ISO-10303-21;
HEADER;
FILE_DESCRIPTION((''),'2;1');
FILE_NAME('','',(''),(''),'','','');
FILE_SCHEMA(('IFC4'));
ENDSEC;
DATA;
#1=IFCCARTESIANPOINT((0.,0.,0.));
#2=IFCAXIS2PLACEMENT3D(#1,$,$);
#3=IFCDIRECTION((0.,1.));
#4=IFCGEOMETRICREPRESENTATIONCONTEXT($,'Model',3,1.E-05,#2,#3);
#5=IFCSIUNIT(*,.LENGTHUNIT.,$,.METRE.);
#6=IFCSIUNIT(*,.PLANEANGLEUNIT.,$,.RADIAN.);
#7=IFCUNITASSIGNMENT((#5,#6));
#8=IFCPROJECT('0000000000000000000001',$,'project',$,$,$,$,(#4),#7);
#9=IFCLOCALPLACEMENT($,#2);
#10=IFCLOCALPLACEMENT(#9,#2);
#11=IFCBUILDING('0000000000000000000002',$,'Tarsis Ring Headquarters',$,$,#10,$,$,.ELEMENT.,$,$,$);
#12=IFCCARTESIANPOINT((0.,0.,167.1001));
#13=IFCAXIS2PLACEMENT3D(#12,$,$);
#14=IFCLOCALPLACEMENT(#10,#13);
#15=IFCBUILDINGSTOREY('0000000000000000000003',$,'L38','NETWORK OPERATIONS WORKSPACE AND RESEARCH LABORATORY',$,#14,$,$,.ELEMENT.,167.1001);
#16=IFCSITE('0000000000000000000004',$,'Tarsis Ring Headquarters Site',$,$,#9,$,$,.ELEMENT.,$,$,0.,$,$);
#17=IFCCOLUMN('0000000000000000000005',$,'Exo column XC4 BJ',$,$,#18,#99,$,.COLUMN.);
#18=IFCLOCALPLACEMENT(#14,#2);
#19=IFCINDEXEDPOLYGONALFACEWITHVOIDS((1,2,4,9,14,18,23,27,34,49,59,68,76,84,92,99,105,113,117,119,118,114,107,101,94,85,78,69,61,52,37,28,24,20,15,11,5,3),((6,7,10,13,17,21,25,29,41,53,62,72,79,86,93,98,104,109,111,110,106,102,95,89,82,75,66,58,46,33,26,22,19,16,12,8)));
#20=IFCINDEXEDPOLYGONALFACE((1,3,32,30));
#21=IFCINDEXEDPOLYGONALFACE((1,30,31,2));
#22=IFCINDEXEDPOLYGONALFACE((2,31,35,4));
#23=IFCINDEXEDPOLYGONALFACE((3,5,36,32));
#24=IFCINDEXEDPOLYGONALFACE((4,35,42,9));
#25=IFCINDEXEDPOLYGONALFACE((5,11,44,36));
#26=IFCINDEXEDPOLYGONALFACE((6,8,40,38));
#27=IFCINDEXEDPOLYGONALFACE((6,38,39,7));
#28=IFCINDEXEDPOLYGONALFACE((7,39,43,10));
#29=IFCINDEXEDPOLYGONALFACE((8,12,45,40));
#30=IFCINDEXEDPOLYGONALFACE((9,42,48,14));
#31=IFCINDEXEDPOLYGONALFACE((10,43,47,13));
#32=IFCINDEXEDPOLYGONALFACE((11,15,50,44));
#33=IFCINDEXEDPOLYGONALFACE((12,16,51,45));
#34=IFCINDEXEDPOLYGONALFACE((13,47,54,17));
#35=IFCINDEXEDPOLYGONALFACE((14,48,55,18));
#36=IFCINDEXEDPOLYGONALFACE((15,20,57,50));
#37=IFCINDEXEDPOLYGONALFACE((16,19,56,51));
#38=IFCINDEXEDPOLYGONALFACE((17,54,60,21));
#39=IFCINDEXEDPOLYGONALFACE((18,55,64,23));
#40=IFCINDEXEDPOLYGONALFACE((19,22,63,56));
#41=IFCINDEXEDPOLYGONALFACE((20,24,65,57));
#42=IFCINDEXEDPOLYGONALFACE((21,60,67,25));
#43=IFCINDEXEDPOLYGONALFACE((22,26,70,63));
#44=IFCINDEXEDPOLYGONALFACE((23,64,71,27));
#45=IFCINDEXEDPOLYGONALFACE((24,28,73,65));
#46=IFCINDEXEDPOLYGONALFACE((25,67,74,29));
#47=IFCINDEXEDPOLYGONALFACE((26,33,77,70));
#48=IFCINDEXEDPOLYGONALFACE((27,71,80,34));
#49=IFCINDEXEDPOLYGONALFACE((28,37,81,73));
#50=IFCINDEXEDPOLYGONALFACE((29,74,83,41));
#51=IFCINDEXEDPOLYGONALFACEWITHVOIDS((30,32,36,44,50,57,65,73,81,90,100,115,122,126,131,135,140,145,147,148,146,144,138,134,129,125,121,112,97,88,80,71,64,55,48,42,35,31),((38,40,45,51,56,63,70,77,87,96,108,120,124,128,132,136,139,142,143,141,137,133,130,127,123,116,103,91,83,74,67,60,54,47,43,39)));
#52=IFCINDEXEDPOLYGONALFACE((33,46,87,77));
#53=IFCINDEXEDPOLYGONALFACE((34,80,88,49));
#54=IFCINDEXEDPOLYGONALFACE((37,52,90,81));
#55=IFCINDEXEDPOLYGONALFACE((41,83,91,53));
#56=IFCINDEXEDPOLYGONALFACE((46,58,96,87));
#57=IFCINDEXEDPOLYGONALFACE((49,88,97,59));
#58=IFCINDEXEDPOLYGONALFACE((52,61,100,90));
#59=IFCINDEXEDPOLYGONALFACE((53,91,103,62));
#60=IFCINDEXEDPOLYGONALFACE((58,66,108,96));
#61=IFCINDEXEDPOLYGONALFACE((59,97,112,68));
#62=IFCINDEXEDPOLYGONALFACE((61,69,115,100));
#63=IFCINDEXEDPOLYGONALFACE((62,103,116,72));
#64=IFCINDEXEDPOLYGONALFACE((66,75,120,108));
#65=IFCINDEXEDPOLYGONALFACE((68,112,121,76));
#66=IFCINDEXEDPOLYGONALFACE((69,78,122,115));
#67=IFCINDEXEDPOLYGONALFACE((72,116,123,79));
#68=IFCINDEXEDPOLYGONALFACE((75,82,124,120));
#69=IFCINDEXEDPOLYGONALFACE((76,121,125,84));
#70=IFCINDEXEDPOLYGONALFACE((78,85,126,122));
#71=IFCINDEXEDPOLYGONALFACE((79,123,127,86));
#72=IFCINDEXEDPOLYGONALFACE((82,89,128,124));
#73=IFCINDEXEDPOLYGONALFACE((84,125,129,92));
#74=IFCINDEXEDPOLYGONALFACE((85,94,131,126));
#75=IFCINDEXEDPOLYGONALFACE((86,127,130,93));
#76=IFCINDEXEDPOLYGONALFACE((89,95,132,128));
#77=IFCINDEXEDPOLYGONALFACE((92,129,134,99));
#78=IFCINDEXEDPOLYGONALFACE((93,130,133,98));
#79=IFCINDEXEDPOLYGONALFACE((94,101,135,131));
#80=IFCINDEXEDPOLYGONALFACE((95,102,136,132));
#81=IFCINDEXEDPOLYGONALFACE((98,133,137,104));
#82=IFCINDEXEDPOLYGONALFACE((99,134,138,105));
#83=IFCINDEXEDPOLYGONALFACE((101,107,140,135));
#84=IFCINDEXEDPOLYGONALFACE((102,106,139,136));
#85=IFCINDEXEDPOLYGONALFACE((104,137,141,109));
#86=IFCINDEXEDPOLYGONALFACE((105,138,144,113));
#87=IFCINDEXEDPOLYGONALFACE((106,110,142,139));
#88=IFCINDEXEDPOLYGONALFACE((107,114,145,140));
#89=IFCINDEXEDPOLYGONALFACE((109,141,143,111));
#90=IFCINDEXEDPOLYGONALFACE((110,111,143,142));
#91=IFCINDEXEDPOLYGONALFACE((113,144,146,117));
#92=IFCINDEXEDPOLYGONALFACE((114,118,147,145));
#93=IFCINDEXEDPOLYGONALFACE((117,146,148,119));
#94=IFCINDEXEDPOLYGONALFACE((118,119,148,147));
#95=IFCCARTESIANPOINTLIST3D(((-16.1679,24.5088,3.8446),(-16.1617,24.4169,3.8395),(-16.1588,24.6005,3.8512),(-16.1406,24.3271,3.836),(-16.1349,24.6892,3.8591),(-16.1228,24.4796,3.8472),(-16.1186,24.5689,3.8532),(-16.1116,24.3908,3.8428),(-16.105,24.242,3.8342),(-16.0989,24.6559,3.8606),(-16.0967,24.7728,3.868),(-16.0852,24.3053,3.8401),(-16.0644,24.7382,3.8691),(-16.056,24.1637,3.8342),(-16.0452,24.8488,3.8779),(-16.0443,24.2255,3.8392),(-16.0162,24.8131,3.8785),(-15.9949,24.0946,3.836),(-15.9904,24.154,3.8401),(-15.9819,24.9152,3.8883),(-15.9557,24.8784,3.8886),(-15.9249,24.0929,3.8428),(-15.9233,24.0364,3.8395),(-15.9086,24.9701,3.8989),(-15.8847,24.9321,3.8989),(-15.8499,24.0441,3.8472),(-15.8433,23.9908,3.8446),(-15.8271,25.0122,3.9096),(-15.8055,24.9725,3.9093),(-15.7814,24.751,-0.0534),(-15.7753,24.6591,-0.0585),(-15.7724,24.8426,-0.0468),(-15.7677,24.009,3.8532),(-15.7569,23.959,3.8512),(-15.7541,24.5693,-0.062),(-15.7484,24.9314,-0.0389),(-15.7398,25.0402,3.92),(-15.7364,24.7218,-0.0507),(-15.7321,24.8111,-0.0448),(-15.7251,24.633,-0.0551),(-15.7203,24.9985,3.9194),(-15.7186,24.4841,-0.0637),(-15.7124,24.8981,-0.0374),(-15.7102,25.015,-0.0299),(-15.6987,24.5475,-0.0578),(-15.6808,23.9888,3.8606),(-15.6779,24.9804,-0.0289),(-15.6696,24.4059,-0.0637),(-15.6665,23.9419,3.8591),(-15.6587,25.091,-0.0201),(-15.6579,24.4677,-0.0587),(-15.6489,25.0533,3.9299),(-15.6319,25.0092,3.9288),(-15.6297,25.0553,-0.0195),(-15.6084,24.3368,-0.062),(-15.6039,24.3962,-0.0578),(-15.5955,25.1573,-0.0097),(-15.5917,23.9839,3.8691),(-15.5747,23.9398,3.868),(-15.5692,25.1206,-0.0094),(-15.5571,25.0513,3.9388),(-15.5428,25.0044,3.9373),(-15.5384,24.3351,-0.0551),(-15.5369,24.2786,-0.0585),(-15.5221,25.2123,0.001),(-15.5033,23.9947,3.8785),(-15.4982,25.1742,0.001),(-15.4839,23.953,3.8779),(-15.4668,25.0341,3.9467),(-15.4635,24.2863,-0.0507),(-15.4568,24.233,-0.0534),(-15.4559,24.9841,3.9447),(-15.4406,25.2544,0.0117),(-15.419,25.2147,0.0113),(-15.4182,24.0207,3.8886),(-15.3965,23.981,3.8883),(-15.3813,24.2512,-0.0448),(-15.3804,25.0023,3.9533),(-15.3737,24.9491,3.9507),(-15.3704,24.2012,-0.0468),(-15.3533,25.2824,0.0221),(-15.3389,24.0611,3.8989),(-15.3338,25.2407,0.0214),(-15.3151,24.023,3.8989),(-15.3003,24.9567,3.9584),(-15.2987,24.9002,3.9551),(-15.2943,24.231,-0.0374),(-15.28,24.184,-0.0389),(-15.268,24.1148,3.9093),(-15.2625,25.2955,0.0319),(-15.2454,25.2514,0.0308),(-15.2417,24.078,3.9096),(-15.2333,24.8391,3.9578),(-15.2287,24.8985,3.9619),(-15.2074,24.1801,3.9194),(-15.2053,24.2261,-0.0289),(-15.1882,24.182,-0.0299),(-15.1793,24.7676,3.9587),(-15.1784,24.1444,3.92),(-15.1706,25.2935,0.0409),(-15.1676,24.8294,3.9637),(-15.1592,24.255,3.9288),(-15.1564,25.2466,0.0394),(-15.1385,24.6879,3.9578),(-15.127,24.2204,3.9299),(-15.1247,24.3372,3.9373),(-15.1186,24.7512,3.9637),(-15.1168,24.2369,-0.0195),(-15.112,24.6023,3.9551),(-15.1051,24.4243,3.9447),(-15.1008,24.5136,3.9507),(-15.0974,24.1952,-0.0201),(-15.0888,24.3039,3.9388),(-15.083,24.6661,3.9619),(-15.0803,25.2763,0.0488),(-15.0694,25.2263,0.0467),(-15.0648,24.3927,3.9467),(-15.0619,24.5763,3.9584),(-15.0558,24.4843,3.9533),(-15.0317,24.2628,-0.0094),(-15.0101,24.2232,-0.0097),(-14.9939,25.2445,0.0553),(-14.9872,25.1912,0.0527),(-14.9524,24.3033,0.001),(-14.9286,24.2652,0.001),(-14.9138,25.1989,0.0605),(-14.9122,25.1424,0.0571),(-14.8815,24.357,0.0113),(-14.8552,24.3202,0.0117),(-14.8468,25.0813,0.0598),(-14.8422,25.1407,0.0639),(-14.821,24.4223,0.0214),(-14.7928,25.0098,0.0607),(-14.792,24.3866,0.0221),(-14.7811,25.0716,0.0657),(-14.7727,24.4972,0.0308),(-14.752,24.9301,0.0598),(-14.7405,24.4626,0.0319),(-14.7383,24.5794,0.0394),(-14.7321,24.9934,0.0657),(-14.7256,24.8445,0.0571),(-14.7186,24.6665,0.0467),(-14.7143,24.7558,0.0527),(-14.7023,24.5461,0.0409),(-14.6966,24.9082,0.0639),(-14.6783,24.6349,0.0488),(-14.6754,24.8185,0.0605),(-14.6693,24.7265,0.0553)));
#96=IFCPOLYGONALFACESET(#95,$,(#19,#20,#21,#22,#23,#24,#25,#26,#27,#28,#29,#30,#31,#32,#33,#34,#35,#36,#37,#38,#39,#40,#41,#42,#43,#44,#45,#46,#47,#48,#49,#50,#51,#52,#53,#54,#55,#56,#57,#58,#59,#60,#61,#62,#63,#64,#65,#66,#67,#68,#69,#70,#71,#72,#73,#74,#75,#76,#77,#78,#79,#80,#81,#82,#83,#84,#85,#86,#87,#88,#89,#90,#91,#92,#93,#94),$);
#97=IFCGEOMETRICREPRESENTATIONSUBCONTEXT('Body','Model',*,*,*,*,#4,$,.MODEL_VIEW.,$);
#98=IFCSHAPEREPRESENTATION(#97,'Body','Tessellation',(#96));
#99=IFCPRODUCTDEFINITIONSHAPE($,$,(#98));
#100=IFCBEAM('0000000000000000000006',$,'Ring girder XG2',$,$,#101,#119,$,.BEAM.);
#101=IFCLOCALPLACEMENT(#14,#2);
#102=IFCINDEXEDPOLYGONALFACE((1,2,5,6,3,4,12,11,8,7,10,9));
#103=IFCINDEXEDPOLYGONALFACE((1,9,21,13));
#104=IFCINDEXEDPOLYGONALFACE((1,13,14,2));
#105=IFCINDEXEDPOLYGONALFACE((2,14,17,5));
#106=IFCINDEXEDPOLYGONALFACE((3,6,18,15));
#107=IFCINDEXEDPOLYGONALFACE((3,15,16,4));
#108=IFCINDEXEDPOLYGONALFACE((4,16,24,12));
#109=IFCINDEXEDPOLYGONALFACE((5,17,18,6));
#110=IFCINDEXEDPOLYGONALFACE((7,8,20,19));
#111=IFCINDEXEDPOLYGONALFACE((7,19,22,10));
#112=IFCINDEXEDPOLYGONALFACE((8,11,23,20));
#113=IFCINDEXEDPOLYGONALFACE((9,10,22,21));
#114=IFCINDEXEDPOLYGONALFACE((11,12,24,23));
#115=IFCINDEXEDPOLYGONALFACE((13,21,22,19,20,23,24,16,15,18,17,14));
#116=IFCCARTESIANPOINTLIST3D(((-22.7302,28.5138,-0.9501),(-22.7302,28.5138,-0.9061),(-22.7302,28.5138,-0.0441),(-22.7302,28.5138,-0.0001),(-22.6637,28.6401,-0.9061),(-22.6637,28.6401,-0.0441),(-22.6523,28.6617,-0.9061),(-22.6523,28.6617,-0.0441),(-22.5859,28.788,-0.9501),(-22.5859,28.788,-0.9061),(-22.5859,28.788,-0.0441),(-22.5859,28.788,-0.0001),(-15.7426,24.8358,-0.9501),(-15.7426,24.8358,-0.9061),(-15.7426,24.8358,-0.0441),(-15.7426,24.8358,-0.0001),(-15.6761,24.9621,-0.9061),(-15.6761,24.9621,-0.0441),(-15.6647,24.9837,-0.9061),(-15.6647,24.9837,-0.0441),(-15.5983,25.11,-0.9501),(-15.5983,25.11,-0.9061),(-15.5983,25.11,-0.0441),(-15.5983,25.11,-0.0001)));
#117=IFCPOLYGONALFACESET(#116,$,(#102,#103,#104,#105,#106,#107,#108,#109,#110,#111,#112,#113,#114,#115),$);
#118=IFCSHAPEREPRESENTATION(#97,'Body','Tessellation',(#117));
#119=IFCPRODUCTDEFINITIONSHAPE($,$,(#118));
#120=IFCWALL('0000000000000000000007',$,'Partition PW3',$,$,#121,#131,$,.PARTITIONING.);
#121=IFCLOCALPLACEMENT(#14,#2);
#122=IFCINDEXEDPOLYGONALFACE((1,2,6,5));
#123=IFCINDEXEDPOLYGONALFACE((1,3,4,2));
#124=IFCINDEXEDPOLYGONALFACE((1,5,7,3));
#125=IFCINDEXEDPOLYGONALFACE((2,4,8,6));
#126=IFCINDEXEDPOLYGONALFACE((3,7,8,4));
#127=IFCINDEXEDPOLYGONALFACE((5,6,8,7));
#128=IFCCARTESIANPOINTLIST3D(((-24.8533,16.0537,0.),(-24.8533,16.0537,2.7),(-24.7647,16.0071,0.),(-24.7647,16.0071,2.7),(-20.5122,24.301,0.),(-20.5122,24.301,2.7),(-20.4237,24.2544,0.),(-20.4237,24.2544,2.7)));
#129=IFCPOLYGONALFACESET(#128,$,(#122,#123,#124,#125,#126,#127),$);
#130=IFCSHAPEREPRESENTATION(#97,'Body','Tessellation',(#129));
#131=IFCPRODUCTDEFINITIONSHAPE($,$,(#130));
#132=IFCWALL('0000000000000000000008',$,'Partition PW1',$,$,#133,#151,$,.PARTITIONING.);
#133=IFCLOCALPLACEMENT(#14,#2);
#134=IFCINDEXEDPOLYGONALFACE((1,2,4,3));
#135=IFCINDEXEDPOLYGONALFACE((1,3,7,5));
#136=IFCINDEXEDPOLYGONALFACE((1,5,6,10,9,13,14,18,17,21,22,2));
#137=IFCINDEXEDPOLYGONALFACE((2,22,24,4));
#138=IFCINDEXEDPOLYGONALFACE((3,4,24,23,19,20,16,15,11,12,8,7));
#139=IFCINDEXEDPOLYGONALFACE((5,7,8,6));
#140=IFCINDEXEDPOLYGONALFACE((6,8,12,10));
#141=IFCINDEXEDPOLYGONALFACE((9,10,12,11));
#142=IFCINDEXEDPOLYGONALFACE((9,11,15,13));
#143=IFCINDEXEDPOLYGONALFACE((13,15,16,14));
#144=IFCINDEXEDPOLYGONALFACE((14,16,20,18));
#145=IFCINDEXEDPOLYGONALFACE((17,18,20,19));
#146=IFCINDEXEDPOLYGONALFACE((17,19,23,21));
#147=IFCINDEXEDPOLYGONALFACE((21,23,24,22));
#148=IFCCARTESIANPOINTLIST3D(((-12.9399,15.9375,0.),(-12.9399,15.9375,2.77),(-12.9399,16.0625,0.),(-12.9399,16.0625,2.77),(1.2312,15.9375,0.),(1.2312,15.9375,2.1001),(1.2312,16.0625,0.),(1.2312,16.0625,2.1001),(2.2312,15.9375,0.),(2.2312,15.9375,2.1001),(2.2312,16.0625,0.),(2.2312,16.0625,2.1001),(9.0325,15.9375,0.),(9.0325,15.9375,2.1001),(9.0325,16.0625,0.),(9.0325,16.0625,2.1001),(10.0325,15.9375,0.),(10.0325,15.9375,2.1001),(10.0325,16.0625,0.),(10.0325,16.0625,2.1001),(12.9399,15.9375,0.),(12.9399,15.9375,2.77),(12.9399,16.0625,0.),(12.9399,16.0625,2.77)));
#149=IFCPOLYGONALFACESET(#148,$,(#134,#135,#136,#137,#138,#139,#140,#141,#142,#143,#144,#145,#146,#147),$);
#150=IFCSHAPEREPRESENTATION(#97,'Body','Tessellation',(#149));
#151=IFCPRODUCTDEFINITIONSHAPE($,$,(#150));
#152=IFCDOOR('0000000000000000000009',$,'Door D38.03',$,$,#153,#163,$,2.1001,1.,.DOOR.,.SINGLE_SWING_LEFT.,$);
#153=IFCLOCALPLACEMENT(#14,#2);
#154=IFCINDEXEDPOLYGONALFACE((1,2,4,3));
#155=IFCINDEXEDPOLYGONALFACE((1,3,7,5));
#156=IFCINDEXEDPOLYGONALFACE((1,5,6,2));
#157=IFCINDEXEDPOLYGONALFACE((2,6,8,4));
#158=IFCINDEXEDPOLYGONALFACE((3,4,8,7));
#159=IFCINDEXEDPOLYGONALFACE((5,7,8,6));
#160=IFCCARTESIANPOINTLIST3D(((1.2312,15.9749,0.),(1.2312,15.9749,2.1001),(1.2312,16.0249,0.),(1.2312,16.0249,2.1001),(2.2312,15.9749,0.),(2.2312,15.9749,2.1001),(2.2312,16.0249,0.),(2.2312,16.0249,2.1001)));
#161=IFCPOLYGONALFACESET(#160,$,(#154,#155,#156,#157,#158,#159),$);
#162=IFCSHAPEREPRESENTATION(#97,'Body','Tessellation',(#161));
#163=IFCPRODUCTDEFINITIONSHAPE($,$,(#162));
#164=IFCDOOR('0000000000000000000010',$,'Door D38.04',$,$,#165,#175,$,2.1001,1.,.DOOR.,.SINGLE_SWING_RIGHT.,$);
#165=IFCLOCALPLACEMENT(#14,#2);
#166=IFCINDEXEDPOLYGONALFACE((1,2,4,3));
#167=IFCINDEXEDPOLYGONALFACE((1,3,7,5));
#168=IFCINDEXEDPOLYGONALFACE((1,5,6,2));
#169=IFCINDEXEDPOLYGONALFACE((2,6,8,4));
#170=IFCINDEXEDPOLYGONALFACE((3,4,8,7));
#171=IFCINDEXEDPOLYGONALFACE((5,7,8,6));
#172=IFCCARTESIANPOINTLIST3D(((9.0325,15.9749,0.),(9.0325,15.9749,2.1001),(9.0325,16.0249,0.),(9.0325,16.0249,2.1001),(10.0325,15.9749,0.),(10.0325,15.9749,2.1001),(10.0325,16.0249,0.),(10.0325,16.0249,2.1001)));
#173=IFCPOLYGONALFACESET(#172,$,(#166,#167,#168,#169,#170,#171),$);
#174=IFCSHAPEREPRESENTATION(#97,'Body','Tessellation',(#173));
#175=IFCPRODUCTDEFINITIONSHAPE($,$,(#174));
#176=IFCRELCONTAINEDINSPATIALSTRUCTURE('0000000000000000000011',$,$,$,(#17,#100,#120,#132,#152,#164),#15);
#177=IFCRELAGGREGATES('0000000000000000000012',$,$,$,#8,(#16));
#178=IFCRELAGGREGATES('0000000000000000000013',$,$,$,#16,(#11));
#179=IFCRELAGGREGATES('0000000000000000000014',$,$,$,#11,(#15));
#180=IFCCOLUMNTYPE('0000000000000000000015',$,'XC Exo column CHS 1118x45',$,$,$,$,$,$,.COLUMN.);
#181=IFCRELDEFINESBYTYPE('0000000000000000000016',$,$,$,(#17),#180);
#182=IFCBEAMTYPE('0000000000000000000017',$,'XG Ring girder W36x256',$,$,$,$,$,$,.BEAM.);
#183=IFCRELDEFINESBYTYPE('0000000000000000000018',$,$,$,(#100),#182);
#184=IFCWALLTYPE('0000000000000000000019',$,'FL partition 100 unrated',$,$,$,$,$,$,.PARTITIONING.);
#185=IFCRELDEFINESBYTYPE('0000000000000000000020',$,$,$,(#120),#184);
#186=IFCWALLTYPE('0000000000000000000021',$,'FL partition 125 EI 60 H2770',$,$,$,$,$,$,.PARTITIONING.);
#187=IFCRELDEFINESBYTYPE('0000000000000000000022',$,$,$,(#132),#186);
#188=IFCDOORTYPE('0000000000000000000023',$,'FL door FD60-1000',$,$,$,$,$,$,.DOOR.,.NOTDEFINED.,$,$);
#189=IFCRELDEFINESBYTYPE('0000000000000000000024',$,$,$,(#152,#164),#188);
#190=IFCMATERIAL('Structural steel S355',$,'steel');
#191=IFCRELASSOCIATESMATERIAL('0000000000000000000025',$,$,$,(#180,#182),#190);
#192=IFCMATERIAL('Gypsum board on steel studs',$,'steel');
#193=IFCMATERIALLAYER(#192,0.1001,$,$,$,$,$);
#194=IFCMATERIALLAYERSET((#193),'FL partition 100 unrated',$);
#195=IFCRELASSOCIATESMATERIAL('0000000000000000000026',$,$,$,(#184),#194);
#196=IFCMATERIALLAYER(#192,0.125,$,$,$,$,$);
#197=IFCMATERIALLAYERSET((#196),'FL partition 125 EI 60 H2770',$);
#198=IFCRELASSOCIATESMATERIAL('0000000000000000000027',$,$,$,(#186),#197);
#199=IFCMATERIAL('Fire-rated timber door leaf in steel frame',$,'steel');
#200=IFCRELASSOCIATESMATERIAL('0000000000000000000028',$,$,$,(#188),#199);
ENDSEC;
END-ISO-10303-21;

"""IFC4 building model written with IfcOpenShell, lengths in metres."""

from ifc_helpers import new_model, si_unit, direction, frame, frame_2d, origin, origin_2d, place, context, subcontext, project, spatial, rectangle, hollow_circle, i_section, extrude, material, layer, layer_set, material_profile, profile_set, type_object, element, fill, save


model = new_model("IFC4")

# Units and contexts
model_context = context("Model", 3, precision=1e-05, world=origin(), true_north=direction((0.0, 1.0)))
body_context = subcontext(model_context, "Body", "Model", "MODEL_VIEW")
ifc_project = project(units=[si_unit("LENGTHUNIT", "METRE"), si_unit("PLANEANGLEUNIT", "RADIAN")], contexts=[model_context])

# Site, building, storey
site_placement = place(None, origin())
site = spatial("IfcSite", under=ifc_project, at=site_placement, Name="Tarsis Ring Headquarters Site", CompositionType="ELEMENT", RefElevation=0.0)
building_placement = place(site_placement, origin())
building = spatial("IfcBuilding", under=site, at=building_placement, Name="Tarsis Ring Headquarters", CompositionType="ELEMENT")
storey_placement = place(building_placement, frame((0.0, 0.0, 167.1001)))
storey = spatial("IfcBuildingStorey", under=building, at=storey_placement, Name="L38", Description="NETWORK OPERATIONS WORKSPACE AND RESEARCH LABORATORY", CompositionType="ELEMENT", Elevation=167.1001)

# Column
ifc_material_1 = material(Name="Structural steel S355", Category="steel")
ifc_material_profile_1 = material_profile(ifc_material_1, hollow_circle(Radius=0.5588, WallThickness=0.0449, at=origin_2d()), Name="CHS 1118x45")
ifc_profile_set_1 = profile_set([ifc_material_profile_1], Name="Structural steel S355")
column_type = type_object("IfcColumnType", Name="XC Exo column CHS 1118x45", PredefinedType="COLUMN", material=ifc_profile_set_1)
column_placement = place(storey_placement, frame((-15.2253, 24.7388, 0.001), z_axis=(-0.098476, -0.061711, 0.993224), x_axis=(0.531009, -0.847366, 0.0)))
element("IfcColumn", 1, at=column_placement, inside=storey, type_object=column_type, Name="Exo column XC4 BJ", PredefinedType="COLUMN", context=body_context, shape_type="SweptSolid", body=[
    extrude(hollow_circle(Radius=0.5588, WallThickness=0.0449, at=origin_2d()), origin(), (0.0, 0.0, 1.0), 3.9246),
])

# Beam
ifc_material_profile_2 = material_profile(ifc_material_1, i_section(OverallWidth=0.3098, OverallDepth=0.95, WebThickness=0.0244, FlangeThickness=0.0439, at=origin_2d()), Name="W36x256")
ifc_profile_set_2 = profile_set([ifc_material_profile_2], Name="Structural steel S355")
beam_type = type_object("IfcBeamType", Name="XG Ring girder W36x256", PredefinedType="BEAM", material=ifc_profile_set_2)
beam_placement = place(storey_placement, frame((-15.6704, 24.9729, -0.4751), z_axis=(-0.884901, 0.465778, 0.0), x_axis=(-0.465778, -0.884901, 0.0)))
element("IfcBeam", 2, at=beam_placement, inside=storey, type_object=beam_type, Name="Ring girder XG2", PredefinedType="BEAM", context=body_context, shape_type="SweptSolid", body=[
    extrude(i_section(OverallWidth=0.3098, OverallDepth=0.95, WebThickness=0.0244, FlangeThickness=0.0439, at=origin_2d()), origin(), (0.0, 0.0, 1.0), 7.8965),
])

# Wall
ifc_material_2 = material(Name="Gypsum board on steel studs", Category="steel")
ifc_layer_1 = layer(ifc_material_2, 0.1001)
ifc_layer_set_1 = layer_set([ifc_layer_1], Name="FL partition 100 unrated")
wall_type_1 = type_object("IfcWallType", Name="FL partition 100 unrated", PredefinedType="PARTITIONING", material=ifc_layer_set_1)
wall_1_placement = place(storey_placement, frame((-24.8091, 16.0303, 0.0), z_axis=(0.0, 0.0, 1.0), x_axis=(0.465778, 0.884902, 0.0)))
element("IfcWall", 3, at=wall_1_placement, inside=storey, type_object=wall_type_1, Name="Partition PW3", PredefinedType="PARTITIONING", context=body_context, shape_type="SweptSolid", body=[
    extrude(rectangle(XDim=9.3201, YDim=0.1001, at=frame_2d((4.6602, 0.0))), origin(), (0.0, 0.0, 1.0), 2.7),
])

# Wall, openings, doors
ifc_layer_2 = layer(ifc_material_2, 0.125)
ifc_layer_set_2 = layer_set([ifc_layer_2], Name="FL partition 125 EI 60 H2770")
wall_type_2 = type_object("IfcWallType", Name="FL partition 125 EI 60 H2770", PredefinedType="PARTITIONING", material=ifc_layer_set_2)
wall_2_placement = place(storey_placement, frame((-12.9399, 16.0, 0.0), z_axis=(0.0, 0.0, 1.0), x_axis=(1.0, 0.0, 0.0)))
wall_2 = element("IfcWall", 4, at=wall_2_placement, inside=storey, type_object=wall_type_2, Name="Partition PW1", PredefinedType="PARTITIONING", context=body_context, shape_type="SweptSolid", body=[
    extrude(rectangle(XDim=25.8799, YDim=0.125, at=frame_2d((12.9399, 0.0))), origin(), (0.0, 0.0, 1.0), 2.77),
])
opening_1_placement = place(wall_2_placement, frame((14.1711, 0.0, 0.0)))
opening_1 = element("IfcOpeningElement", 5, at=opening_1_placement, cuts=wall_2, PredefinedType="OPENING", context=body_context, shape_type="SweptSolid", body=[
    extrude(rectangle(XDim=1.0, YDim=2.1001, at=frame_2d((0.5, 1.05))), frame((0.0, 0.0725, 0.0), z_axis=(0.0, -1.0, 0.0), x_axis=(1.0, 0.0, 0.0)), (0.0, 0.0, 1.0), 0.145),
])
opening_2_placement = place(wall_2_placement, frame((21.9724, 0.0, 0.0)))
opening_2 = element("IfcOpeningElement", 6, at=opening_2_placement, cuts=wall_2, PredefinedType="OPENING", context=body_context, shape_type="SweptSolid", body=[
    extrude(rectangle(XDim=1.0, YDim=2.1001, at=frame_2d((0.5, 1.05))), frame((0.0, 0.0725, 0.0), z_axis=(0.0, -1.0, 0.0), x_axis=(1.0, 0.0, 0.0)), (0.0, 0.0, 1.0), 0.145),
])
ifc_material_3 = material(Name="Fire-rated timber door leaf in steel frame", Category="steel")
door_type_1 = type_object("IfcDoorType", Name="FL door FD60-1000", OperationType="NOTDEFINED", PredefinedType="DOOR", material=ifc_material_3)
door_1_placement = place(opening_1_placement, origin())
door_1 = element("IfcDoor", 7, at=door_1_placement, inside=storey, type_object=door_type_1, Name="Door D38.03", OperationType="SINGLE_SWING_LEFT", OverallHeight=2.1001, OverallWidth=1.0, PredefinedType="DOOR", context=body_context, shape_type="SweptSolid", body=[
    extrude(rectangle(XDim=1.0, YDim=2.1001, at=frame_2d((0.5, 1.05))), frame((0.0, 0.0249, 0.0), z_axis=(0.0, -1.0, 0.0), x_axis=(1.0, 0.0, 0.0)), (0.0, 0.0, 1.0), 0.05),
])
fill(opening_1, door_1)
door_2_placement = place(opening_2_placement, origin())
door_2 = element("IfcDoor", 8, at=door_2_placement, inside=storey, type_object=door_type_1, Name="Door D38.04", OperationType="SINGLE_SWING_RIGHT", OverallHeight=2.1001, OverallWidth=1.0, PredefinedType="DOOR", context=body_context, shape_type="SweptSolid", body=[
    extrude(rectangle(XDim=1.0, YDim=2.1001, at=frame_2d((0.5, 1.05))), frame((0.0, 0.0249, 0.0), z_axis=(0.0, -1.0, 0.0), x_axis=(1.0, 0.0, 0.0)), (0.0, 0.0, 1.0), 0.05),
])
fill(opening_2, door_2)

save(model, "model.ifc")
